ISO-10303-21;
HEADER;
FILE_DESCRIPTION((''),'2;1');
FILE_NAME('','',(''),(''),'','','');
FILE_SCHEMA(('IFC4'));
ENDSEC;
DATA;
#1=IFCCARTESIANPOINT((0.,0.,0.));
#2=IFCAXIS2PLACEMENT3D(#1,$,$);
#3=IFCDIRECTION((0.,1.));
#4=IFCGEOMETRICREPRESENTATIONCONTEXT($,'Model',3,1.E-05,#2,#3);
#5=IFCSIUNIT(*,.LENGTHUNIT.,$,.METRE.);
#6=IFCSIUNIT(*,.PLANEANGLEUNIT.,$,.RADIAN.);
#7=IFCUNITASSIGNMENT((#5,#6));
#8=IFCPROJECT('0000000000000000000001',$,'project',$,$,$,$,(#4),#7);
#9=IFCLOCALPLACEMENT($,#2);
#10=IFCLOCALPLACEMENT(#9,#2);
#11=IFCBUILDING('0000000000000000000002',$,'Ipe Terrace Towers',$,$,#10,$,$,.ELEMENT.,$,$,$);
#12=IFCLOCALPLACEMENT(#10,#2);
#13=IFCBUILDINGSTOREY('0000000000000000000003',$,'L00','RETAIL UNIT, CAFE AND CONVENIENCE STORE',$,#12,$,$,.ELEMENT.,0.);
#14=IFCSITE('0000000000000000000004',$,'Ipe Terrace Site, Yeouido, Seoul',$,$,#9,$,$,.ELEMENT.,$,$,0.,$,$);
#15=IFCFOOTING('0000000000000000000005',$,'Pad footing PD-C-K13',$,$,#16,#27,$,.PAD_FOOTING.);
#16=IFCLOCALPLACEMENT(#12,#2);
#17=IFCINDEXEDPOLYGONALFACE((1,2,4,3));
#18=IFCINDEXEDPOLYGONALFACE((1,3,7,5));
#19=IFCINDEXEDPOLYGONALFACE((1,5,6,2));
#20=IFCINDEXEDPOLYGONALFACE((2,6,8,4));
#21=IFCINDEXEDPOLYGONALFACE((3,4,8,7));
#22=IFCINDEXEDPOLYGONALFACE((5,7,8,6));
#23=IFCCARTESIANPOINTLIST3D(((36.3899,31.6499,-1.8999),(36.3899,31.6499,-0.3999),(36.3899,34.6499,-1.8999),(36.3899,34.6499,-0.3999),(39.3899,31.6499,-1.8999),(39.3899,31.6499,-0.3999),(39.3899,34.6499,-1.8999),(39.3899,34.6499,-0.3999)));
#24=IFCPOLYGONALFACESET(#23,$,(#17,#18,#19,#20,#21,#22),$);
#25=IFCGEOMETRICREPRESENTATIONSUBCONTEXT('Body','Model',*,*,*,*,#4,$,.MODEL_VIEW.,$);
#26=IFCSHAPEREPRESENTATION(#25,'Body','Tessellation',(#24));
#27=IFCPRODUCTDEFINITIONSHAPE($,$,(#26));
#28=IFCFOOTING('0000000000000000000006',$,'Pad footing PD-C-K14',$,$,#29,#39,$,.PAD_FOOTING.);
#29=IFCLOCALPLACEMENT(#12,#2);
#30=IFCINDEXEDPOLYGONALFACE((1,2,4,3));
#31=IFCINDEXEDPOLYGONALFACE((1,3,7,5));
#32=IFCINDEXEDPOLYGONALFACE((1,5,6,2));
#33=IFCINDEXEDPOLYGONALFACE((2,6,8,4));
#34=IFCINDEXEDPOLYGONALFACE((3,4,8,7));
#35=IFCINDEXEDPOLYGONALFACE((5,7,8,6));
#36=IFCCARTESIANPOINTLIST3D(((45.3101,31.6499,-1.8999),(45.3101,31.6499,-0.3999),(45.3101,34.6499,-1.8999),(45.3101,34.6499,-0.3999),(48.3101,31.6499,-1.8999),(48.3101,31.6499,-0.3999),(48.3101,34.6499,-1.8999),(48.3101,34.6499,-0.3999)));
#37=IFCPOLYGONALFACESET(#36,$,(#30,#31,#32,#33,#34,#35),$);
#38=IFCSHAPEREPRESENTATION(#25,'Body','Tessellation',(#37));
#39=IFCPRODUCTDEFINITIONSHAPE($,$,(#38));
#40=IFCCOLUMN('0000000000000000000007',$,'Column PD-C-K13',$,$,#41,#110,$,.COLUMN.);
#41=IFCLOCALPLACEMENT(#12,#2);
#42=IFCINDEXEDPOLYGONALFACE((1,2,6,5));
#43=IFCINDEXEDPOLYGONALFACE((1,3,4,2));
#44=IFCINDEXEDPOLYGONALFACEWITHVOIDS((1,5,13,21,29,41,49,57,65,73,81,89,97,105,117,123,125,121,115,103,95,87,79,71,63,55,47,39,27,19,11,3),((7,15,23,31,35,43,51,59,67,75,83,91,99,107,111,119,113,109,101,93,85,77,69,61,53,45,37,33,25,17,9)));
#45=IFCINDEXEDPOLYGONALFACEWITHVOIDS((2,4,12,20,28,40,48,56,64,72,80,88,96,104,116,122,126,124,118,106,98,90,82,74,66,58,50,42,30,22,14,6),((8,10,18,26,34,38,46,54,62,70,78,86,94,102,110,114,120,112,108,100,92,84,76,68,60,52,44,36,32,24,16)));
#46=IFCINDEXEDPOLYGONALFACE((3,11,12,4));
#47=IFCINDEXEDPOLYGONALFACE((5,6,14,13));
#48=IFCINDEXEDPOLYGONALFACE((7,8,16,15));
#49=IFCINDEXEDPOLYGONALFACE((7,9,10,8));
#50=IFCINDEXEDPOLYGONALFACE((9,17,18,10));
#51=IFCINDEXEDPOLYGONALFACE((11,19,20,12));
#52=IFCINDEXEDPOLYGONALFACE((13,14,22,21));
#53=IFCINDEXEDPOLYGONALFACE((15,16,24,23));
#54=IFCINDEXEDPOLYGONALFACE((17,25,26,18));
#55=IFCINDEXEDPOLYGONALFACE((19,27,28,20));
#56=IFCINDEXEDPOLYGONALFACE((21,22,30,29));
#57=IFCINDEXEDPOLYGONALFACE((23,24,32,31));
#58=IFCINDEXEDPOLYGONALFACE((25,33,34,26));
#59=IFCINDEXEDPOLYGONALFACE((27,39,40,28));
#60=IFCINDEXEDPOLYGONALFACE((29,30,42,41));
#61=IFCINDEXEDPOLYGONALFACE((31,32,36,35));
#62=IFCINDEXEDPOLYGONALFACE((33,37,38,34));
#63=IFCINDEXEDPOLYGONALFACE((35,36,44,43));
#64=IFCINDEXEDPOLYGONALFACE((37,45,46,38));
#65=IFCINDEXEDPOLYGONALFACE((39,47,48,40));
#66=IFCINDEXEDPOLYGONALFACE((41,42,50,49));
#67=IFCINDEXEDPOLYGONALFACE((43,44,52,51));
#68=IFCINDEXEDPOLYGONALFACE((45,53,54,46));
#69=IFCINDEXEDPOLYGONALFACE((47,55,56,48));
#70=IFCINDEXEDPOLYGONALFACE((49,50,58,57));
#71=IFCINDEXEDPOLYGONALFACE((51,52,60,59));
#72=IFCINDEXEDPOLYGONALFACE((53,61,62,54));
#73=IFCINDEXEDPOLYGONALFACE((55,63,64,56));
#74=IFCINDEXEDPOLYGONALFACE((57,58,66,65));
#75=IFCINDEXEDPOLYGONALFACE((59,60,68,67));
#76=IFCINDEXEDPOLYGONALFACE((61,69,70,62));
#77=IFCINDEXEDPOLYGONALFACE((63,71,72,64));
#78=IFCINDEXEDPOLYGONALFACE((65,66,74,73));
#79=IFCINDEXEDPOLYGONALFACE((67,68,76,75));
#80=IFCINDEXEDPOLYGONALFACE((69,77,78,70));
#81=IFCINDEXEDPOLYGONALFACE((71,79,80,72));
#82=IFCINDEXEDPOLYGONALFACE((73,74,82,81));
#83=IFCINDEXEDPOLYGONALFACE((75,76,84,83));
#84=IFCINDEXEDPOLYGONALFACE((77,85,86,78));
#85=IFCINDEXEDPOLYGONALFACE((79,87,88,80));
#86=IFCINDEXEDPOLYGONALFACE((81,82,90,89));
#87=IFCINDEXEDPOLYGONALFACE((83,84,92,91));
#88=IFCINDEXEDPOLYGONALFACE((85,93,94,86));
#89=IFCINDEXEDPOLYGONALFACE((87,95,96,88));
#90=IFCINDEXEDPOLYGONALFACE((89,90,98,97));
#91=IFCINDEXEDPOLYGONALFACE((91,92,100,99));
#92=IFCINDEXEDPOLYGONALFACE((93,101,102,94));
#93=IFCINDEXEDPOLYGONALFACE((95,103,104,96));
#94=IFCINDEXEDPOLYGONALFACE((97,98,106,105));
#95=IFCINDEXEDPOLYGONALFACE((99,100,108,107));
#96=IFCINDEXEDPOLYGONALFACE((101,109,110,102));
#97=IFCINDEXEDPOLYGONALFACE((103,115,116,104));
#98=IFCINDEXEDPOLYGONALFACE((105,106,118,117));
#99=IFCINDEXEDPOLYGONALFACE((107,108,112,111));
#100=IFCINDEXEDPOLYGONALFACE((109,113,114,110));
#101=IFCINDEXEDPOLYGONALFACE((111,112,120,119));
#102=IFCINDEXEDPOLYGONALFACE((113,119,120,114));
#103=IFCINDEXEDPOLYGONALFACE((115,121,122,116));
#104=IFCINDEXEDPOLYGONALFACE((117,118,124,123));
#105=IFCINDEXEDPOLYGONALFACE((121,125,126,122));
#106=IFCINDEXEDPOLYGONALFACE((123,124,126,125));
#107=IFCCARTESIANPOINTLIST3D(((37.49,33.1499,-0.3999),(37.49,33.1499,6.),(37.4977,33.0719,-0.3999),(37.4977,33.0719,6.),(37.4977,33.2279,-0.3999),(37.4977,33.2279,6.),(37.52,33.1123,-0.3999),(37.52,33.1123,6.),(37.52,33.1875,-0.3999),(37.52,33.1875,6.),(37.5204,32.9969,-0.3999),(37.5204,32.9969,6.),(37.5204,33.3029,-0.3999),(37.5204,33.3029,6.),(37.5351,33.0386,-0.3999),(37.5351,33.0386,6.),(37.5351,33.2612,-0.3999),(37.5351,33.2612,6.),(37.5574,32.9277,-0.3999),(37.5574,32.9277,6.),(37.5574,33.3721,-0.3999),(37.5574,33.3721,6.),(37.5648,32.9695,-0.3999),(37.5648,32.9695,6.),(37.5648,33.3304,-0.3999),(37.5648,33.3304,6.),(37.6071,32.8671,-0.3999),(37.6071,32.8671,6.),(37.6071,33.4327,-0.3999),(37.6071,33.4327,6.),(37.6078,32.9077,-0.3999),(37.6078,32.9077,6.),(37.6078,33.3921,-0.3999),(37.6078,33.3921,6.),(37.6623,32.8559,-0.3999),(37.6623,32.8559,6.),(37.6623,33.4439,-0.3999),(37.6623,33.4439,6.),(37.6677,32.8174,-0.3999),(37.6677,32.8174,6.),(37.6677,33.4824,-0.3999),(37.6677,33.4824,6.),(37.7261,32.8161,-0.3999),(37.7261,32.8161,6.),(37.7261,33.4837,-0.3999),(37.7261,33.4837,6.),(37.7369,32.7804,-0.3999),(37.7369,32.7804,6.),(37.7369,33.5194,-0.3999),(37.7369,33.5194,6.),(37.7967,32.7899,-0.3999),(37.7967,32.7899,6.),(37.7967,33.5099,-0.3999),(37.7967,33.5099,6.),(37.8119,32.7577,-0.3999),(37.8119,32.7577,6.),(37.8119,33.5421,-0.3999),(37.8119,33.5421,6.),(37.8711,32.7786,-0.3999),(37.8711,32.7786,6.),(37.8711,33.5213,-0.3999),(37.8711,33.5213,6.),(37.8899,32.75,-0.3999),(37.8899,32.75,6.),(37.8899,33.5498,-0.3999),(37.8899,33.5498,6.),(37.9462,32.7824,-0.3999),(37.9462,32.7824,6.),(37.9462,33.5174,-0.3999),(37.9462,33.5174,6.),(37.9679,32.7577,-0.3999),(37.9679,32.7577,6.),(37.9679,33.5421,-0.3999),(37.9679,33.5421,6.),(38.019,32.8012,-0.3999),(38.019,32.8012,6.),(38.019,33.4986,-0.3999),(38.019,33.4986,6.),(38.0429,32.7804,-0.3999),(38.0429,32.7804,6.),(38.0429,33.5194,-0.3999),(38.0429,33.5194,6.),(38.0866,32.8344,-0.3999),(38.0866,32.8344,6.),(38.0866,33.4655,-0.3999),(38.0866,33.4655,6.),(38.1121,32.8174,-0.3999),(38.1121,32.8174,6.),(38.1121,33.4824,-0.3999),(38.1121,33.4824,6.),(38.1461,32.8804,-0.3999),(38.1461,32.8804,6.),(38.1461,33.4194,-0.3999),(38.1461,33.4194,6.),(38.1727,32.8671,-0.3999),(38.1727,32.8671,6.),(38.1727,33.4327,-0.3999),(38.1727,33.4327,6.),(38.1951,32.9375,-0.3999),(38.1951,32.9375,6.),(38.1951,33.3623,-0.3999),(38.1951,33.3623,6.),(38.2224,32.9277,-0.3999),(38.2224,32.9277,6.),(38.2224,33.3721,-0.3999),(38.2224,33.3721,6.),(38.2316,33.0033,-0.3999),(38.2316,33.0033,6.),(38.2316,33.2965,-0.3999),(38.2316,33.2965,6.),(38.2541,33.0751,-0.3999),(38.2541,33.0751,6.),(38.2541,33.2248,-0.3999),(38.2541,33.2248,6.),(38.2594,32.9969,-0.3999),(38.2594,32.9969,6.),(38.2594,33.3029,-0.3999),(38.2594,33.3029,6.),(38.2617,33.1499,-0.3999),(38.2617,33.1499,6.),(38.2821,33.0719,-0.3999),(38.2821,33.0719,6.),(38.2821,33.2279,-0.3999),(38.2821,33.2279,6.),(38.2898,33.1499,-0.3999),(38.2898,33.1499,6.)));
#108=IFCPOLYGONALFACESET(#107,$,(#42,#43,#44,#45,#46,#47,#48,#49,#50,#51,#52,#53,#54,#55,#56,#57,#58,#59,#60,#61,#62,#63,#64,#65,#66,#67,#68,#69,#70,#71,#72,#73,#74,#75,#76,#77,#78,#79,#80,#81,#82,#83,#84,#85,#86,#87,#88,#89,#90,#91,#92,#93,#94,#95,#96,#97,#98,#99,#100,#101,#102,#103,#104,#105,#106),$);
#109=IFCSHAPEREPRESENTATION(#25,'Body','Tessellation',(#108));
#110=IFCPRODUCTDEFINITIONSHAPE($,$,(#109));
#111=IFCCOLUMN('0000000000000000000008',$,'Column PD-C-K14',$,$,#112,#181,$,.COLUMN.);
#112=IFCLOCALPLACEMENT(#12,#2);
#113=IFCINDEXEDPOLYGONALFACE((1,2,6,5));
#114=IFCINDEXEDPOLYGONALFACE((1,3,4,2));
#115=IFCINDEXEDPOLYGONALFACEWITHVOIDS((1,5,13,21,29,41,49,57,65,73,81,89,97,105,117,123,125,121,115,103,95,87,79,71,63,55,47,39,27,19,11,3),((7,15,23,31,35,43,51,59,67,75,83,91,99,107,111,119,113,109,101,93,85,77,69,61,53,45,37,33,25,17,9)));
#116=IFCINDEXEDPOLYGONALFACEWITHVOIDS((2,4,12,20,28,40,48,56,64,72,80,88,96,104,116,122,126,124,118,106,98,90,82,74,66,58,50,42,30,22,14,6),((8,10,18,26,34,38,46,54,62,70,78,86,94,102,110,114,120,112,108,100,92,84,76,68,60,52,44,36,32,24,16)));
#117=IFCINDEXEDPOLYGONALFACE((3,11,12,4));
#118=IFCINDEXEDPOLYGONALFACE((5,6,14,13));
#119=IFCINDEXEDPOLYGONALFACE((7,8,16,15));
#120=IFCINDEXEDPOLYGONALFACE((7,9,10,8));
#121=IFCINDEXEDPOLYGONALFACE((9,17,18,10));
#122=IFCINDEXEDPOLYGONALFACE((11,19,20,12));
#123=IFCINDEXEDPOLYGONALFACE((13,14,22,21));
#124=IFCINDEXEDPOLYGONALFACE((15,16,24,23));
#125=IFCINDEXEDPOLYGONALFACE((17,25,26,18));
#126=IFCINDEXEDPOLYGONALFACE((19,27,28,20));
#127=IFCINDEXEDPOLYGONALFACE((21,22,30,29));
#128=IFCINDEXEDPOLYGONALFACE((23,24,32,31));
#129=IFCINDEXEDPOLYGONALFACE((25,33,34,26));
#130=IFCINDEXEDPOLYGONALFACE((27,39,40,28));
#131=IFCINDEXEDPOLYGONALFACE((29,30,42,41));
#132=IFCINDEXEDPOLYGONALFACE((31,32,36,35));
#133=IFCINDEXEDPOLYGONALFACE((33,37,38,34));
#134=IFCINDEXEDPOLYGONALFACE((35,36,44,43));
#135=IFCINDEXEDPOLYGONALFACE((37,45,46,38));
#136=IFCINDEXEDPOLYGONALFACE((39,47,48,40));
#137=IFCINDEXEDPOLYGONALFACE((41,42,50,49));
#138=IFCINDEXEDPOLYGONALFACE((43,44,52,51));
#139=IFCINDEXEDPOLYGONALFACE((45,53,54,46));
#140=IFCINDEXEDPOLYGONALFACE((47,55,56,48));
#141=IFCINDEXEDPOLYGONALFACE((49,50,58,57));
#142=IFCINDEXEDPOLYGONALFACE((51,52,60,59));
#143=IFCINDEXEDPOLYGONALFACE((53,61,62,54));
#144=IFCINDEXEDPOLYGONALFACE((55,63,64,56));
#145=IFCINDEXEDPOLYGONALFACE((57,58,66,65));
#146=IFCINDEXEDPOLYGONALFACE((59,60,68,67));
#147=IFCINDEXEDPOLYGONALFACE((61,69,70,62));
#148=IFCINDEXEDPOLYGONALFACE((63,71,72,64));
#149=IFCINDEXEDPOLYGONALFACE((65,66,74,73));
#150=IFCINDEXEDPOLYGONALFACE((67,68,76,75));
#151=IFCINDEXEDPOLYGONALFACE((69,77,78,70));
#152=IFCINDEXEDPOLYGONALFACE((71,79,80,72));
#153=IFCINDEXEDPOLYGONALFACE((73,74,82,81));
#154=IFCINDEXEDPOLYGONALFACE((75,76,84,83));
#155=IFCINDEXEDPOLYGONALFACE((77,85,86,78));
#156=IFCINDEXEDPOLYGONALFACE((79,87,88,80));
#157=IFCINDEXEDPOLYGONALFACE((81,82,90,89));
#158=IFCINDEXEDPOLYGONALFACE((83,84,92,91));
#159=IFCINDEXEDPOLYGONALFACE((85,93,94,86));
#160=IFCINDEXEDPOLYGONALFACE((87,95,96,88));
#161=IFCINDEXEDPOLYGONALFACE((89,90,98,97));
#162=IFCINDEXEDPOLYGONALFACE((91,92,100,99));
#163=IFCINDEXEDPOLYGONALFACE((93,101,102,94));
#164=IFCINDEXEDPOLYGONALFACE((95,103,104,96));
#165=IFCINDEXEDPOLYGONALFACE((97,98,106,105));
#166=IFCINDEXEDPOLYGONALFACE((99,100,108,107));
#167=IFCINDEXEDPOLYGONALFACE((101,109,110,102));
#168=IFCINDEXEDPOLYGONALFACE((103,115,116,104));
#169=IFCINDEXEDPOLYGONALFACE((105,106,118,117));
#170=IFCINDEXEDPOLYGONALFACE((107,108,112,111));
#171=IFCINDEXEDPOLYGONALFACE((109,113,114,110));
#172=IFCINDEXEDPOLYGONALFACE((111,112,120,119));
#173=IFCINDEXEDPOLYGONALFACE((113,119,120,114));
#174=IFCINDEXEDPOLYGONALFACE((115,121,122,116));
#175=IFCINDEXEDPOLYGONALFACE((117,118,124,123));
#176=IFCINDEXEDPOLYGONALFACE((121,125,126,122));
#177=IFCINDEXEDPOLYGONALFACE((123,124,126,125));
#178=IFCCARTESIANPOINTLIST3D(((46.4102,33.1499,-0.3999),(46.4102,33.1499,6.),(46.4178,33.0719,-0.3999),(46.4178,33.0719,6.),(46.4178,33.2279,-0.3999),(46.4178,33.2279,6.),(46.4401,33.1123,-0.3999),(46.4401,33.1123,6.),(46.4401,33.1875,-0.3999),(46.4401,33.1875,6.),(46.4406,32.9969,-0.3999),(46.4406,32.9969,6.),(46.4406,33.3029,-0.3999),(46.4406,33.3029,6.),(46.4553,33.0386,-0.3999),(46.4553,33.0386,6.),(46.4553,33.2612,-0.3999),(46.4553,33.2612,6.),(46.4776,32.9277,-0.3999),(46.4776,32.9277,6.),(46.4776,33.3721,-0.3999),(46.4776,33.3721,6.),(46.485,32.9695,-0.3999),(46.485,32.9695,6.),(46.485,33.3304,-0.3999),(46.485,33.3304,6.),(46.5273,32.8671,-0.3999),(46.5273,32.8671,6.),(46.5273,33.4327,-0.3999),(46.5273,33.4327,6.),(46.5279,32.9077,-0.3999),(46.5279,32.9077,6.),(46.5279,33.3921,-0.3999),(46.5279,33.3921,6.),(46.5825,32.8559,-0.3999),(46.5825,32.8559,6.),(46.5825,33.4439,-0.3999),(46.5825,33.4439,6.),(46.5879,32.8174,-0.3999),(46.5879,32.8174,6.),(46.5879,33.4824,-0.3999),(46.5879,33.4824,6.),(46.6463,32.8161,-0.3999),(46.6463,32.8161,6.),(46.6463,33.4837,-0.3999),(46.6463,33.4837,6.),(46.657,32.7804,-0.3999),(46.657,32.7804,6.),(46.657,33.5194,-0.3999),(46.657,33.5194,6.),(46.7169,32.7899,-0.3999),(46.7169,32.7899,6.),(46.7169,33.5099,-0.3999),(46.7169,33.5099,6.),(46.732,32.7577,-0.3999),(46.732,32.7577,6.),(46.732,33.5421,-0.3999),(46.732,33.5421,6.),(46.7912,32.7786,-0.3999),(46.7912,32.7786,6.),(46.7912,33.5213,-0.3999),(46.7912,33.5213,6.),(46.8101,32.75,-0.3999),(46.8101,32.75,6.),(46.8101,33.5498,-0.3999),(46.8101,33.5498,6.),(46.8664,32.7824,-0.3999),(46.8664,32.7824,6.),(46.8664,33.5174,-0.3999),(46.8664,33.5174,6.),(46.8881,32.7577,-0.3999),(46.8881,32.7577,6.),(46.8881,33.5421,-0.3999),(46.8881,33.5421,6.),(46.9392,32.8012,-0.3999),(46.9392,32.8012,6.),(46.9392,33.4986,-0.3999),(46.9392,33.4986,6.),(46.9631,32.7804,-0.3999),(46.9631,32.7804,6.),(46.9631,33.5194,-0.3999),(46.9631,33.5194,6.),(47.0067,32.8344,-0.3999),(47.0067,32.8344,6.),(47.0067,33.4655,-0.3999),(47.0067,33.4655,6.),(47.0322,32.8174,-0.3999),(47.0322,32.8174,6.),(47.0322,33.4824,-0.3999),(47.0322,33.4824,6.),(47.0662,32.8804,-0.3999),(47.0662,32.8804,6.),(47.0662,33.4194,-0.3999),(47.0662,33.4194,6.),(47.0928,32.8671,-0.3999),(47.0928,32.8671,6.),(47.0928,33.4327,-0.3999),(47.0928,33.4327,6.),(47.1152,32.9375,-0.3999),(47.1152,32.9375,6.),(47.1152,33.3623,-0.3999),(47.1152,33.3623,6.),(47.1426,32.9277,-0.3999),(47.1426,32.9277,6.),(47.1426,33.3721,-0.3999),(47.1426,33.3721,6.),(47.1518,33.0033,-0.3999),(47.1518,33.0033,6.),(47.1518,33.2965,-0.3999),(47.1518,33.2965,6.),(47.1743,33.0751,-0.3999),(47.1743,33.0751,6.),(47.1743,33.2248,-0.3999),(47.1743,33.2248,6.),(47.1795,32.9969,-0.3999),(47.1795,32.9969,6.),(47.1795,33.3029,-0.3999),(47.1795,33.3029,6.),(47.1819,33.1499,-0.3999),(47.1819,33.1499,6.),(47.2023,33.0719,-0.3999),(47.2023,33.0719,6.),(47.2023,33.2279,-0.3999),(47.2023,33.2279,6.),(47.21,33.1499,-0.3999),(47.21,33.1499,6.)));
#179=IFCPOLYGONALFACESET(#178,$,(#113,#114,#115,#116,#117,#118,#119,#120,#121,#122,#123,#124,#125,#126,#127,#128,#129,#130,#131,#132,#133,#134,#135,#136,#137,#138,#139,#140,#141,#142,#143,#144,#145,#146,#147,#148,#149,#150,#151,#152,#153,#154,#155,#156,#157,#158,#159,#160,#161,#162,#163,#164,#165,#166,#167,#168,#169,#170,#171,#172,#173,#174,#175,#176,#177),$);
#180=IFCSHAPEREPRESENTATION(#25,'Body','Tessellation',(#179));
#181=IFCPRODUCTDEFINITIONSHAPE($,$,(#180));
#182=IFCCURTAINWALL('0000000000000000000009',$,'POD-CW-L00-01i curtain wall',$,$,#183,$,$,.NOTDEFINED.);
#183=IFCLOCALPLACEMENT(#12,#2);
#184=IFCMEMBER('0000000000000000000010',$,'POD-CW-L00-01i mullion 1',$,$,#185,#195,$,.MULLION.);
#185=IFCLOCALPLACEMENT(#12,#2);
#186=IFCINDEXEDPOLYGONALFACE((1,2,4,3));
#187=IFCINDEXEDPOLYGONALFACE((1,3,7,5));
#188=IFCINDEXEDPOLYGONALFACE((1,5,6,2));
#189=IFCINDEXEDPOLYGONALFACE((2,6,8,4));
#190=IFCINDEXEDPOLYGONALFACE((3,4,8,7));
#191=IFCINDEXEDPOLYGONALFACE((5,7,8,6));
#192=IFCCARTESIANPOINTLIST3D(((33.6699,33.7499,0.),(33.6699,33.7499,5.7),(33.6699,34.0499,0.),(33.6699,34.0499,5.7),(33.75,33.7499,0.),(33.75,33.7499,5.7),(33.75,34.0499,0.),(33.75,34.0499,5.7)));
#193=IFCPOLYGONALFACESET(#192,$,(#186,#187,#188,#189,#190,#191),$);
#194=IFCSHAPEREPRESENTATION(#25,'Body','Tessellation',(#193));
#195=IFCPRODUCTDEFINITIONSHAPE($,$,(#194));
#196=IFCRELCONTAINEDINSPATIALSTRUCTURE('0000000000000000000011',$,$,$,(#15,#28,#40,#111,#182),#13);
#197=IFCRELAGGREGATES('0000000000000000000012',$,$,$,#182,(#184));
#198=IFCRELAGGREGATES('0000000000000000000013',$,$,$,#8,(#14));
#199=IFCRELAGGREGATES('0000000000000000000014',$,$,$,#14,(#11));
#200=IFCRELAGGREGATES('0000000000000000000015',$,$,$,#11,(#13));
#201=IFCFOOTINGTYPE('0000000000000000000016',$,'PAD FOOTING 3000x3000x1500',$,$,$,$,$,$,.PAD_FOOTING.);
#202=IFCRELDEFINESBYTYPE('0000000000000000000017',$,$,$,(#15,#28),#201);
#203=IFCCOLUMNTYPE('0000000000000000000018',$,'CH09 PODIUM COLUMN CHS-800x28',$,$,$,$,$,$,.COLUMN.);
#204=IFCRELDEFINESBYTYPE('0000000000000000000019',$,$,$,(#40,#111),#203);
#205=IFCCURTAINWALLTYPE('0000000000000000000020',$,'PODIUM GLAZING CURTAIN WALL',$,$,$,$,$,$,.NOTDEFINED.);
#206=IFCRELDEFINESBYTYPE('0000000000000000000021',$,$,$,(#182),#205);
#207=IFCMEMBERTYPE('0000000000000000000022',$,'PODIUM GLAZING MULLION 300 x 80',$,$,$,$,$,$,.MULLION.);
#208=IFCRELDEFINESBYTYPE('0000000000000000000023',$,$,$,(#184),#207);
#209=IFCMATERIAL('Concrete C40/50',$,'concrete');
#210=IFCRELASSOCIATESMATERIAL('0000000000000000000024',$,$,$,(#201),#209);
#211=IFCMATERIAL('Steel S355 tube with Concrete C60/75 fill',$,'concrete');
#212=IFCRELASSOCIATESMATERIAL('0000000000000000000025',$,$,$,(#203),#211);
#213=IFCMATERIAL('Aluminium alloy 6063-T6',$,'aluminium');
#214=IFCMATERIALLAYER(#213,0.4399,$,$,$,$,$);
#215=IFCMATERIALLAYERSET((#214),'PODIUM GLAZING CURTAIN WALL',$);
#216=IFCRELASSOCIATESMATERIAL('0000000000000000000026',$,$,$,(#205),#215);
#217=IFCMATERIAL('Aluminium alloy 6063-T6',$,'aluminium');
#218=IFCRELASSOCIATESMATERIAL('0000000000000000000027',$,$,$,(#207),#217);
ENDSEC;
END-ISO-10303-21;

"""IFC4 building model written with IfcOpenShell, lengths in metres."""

from ifc_helpers import new_model, si_unit, direction, frame, origin, origin_2d, place, context, subcontext, project, spatial, rectangle, hollow_circle, extrude, material, layer, layer_set, material_profile, profile_set, type_object, element, aggregate, save


model = new_model("IFC4")

# Units and contexts
model_context = context("Model", 3, precision=1e-05, world=origin(), true_north=direction((0.0, 1.0)))
body_context = subcontext(model_context, "Body", "Model", "MODEL_VIEW")
ifc_project = project(units=[si_unit("LENGTHUNIT", "METRE"), si_unit("PLANEANGLEUNIT", "RADIAN")], contexts=[model_context])

# Site, building, storey
site_placement = place(None, origin())
site = spatial("IfcSite", under=ifc_project, at=site_placement, Name="Ipe Terrace Site, Yeouido, Seoul", CompositionType="ELEMENT", RefElevation=0.0)
building_placement = place(site_placement, origin())
building = spatial("IfcBuilding", under=site, at=building_placement, Name="Ipe Terrace Towers", CompositionType="ELEMENT")
storey_placement = place(building_placement, origin())
storey = spatial("IfcBuildingStorey", under=building, at=storey_placement, Name="L00", Description="RETAIL UNIT, CAFE AND CONVENIENCE STORE", CompositionType="ELEMENT", Elevation=0.0)

# Footings
ifc_material_1 = material(Name="Concrete C40/50", Category="concrete")
footing_type = type_object("IfcFootingType", Name="PAD FOOTING 3000x3000x1500", PredefinedType="PAD_FOOTING", material=ifc_material_1)
for number, where, z_axis, x_axis, name in (
    (1, (37.8899, 33.1499, -1.8999), (0.0, 0.0, 1.0), (1.0, 0.0, 0.0), "Pad footing PD-C-K13"),
    (2, (46.8101, 33.1499, -1.8999), (0.0, 0.0, 1.0), (1.0, 0.0, 0.0), "Pad footing PD-C-K14"),
):
    element("IfcFooting", number, at=place(storey_placement, frame(where, z_axis=z_axis, x_axis=x_axis)), inside=storey, type_object=footing_type, Name=name, PredefinedType="PAD_FOOTING", context=body_context, shape_type="SweptSolid", body=[
        extrude(rectangle(XDim=3.0, YDim=3.0, at=origin_2d()), origin(), (0.0, 0.0, 1.0), 1.5),
    ])

# Columns
ifc_material_2 = material(Name="Steel S355 tube with Concrete C60/75 fill", Category="concrete")
ifc_material_profile_1 = material_profile(ifc_material_2, hollow_circle(Radius=0.3999, WallThickness=0.0281, at=origin_2d()), Name="CHS-800x28")
ifc_profile_set_1 = profile_set([ifc_material_profile_1], Name="Steel S355 tube with Concrete C60/75 fill")
column_type = type_object("IfcColumnType", Name="CH09 PODIUM COLUMN CHS-800x28", PredefinedType="COLUMN", material=ifc_profile_set_1)
for number, where, z_axis, x_axis, name in (
    (3, (37.8899, 33.1499, -0.3999), (0.0, 0.0, 1.0), (1.0, 0.0, 0.0), "Column PD-C-K13"),
    (4, (46.8101, 33.1499, -0.3999), (0.0, 0.0, 1.0), (1.0, 0.0, 0.0), "Column PD-C-K14"),
):
    element("IfcColumn", number, at=place(storey_placement, frame(where, z_axis=z_axis, x_axis=x_axis)), inside=storey, type_object=column_type, Name=name, PredefinedType="COLUMN", context=body_context, shape_type="SweptSolid", body=[
        extrude(hollow_circle(Radius=0.3999, WallThickness=0.0281, at=origin_2d()), origin(), (0.0, 0.0, 1.0), 6.3999),
    ])

# Curtain wall, member
ifc_material_3 = material(Name="Aluminium alloy 6063-T6", Category="aluminium")
ifc_layer_1 = layer(ifc_material_3, 0.4399)
ifc_layer_set_1 = layer_set([ifc_layer_1], Name="PODIUM GLAZING CURTAIN WALL")
curtain_wall_type = type_object("IfcCurtainWallType", Name="PODIUM GLAZING CURTAIN WALL", PredefinedType="NOTDEFINED", material=ifc_layer_set_1)
curtain_wall_placement = place(storey_placement, origin())
curtain_wall = element("IfcCurtainWall", 5, at=curtain_wall_placement, inside=storey, type_object=curtain_wall_type, Name="POD-CW-L00-01i curtain wall", PredefinedType="NOTDEFINED")
ifc_material_4 = material(Name="Aluminium alloy 6063-T6", Category="aluminium")
ifc_material_profile_2 = material_profile(ifc_material_4, rectangle(XDim=0.3, YDim=0.0801, at=origin_2d()), Name="PODIUM GLAZING MULLION 300 x 80")
ifc_profile_set_2 = profile_set([ifc_material_profile_2], Name="Aluminium alloy 6063-T6")
member_type_1 = type_object("IfcMemberType", Name="PODIUM GLAZING MULLION 300 x 80", PredefinedType="MULLION", material=ifc_profile_set_2)
member_1_placement = place(storey_placement, frame((33.71, 33.8999, 0.0), z_axis=(0.0, 0.0, 1.0), x_axis=(0.0, 1.0, 0.0)))
member_1 = element("IfcMember", 6, at=member_1_placement, type_object=member_type_1, Name="POD-CW-L00-01i mullion 1", PredefinedType="MULLION", context=body_context, shape_type="SweptSolid", body=[
    extrude(rectangle(XDim=0.3, YDim=0.0801, at=origin_2d()), origin(), (0.0, 0.0, 1.0), 5.7),
])
aggregate(curtain_wall, [member_1])

save(model, "model.ifc")
